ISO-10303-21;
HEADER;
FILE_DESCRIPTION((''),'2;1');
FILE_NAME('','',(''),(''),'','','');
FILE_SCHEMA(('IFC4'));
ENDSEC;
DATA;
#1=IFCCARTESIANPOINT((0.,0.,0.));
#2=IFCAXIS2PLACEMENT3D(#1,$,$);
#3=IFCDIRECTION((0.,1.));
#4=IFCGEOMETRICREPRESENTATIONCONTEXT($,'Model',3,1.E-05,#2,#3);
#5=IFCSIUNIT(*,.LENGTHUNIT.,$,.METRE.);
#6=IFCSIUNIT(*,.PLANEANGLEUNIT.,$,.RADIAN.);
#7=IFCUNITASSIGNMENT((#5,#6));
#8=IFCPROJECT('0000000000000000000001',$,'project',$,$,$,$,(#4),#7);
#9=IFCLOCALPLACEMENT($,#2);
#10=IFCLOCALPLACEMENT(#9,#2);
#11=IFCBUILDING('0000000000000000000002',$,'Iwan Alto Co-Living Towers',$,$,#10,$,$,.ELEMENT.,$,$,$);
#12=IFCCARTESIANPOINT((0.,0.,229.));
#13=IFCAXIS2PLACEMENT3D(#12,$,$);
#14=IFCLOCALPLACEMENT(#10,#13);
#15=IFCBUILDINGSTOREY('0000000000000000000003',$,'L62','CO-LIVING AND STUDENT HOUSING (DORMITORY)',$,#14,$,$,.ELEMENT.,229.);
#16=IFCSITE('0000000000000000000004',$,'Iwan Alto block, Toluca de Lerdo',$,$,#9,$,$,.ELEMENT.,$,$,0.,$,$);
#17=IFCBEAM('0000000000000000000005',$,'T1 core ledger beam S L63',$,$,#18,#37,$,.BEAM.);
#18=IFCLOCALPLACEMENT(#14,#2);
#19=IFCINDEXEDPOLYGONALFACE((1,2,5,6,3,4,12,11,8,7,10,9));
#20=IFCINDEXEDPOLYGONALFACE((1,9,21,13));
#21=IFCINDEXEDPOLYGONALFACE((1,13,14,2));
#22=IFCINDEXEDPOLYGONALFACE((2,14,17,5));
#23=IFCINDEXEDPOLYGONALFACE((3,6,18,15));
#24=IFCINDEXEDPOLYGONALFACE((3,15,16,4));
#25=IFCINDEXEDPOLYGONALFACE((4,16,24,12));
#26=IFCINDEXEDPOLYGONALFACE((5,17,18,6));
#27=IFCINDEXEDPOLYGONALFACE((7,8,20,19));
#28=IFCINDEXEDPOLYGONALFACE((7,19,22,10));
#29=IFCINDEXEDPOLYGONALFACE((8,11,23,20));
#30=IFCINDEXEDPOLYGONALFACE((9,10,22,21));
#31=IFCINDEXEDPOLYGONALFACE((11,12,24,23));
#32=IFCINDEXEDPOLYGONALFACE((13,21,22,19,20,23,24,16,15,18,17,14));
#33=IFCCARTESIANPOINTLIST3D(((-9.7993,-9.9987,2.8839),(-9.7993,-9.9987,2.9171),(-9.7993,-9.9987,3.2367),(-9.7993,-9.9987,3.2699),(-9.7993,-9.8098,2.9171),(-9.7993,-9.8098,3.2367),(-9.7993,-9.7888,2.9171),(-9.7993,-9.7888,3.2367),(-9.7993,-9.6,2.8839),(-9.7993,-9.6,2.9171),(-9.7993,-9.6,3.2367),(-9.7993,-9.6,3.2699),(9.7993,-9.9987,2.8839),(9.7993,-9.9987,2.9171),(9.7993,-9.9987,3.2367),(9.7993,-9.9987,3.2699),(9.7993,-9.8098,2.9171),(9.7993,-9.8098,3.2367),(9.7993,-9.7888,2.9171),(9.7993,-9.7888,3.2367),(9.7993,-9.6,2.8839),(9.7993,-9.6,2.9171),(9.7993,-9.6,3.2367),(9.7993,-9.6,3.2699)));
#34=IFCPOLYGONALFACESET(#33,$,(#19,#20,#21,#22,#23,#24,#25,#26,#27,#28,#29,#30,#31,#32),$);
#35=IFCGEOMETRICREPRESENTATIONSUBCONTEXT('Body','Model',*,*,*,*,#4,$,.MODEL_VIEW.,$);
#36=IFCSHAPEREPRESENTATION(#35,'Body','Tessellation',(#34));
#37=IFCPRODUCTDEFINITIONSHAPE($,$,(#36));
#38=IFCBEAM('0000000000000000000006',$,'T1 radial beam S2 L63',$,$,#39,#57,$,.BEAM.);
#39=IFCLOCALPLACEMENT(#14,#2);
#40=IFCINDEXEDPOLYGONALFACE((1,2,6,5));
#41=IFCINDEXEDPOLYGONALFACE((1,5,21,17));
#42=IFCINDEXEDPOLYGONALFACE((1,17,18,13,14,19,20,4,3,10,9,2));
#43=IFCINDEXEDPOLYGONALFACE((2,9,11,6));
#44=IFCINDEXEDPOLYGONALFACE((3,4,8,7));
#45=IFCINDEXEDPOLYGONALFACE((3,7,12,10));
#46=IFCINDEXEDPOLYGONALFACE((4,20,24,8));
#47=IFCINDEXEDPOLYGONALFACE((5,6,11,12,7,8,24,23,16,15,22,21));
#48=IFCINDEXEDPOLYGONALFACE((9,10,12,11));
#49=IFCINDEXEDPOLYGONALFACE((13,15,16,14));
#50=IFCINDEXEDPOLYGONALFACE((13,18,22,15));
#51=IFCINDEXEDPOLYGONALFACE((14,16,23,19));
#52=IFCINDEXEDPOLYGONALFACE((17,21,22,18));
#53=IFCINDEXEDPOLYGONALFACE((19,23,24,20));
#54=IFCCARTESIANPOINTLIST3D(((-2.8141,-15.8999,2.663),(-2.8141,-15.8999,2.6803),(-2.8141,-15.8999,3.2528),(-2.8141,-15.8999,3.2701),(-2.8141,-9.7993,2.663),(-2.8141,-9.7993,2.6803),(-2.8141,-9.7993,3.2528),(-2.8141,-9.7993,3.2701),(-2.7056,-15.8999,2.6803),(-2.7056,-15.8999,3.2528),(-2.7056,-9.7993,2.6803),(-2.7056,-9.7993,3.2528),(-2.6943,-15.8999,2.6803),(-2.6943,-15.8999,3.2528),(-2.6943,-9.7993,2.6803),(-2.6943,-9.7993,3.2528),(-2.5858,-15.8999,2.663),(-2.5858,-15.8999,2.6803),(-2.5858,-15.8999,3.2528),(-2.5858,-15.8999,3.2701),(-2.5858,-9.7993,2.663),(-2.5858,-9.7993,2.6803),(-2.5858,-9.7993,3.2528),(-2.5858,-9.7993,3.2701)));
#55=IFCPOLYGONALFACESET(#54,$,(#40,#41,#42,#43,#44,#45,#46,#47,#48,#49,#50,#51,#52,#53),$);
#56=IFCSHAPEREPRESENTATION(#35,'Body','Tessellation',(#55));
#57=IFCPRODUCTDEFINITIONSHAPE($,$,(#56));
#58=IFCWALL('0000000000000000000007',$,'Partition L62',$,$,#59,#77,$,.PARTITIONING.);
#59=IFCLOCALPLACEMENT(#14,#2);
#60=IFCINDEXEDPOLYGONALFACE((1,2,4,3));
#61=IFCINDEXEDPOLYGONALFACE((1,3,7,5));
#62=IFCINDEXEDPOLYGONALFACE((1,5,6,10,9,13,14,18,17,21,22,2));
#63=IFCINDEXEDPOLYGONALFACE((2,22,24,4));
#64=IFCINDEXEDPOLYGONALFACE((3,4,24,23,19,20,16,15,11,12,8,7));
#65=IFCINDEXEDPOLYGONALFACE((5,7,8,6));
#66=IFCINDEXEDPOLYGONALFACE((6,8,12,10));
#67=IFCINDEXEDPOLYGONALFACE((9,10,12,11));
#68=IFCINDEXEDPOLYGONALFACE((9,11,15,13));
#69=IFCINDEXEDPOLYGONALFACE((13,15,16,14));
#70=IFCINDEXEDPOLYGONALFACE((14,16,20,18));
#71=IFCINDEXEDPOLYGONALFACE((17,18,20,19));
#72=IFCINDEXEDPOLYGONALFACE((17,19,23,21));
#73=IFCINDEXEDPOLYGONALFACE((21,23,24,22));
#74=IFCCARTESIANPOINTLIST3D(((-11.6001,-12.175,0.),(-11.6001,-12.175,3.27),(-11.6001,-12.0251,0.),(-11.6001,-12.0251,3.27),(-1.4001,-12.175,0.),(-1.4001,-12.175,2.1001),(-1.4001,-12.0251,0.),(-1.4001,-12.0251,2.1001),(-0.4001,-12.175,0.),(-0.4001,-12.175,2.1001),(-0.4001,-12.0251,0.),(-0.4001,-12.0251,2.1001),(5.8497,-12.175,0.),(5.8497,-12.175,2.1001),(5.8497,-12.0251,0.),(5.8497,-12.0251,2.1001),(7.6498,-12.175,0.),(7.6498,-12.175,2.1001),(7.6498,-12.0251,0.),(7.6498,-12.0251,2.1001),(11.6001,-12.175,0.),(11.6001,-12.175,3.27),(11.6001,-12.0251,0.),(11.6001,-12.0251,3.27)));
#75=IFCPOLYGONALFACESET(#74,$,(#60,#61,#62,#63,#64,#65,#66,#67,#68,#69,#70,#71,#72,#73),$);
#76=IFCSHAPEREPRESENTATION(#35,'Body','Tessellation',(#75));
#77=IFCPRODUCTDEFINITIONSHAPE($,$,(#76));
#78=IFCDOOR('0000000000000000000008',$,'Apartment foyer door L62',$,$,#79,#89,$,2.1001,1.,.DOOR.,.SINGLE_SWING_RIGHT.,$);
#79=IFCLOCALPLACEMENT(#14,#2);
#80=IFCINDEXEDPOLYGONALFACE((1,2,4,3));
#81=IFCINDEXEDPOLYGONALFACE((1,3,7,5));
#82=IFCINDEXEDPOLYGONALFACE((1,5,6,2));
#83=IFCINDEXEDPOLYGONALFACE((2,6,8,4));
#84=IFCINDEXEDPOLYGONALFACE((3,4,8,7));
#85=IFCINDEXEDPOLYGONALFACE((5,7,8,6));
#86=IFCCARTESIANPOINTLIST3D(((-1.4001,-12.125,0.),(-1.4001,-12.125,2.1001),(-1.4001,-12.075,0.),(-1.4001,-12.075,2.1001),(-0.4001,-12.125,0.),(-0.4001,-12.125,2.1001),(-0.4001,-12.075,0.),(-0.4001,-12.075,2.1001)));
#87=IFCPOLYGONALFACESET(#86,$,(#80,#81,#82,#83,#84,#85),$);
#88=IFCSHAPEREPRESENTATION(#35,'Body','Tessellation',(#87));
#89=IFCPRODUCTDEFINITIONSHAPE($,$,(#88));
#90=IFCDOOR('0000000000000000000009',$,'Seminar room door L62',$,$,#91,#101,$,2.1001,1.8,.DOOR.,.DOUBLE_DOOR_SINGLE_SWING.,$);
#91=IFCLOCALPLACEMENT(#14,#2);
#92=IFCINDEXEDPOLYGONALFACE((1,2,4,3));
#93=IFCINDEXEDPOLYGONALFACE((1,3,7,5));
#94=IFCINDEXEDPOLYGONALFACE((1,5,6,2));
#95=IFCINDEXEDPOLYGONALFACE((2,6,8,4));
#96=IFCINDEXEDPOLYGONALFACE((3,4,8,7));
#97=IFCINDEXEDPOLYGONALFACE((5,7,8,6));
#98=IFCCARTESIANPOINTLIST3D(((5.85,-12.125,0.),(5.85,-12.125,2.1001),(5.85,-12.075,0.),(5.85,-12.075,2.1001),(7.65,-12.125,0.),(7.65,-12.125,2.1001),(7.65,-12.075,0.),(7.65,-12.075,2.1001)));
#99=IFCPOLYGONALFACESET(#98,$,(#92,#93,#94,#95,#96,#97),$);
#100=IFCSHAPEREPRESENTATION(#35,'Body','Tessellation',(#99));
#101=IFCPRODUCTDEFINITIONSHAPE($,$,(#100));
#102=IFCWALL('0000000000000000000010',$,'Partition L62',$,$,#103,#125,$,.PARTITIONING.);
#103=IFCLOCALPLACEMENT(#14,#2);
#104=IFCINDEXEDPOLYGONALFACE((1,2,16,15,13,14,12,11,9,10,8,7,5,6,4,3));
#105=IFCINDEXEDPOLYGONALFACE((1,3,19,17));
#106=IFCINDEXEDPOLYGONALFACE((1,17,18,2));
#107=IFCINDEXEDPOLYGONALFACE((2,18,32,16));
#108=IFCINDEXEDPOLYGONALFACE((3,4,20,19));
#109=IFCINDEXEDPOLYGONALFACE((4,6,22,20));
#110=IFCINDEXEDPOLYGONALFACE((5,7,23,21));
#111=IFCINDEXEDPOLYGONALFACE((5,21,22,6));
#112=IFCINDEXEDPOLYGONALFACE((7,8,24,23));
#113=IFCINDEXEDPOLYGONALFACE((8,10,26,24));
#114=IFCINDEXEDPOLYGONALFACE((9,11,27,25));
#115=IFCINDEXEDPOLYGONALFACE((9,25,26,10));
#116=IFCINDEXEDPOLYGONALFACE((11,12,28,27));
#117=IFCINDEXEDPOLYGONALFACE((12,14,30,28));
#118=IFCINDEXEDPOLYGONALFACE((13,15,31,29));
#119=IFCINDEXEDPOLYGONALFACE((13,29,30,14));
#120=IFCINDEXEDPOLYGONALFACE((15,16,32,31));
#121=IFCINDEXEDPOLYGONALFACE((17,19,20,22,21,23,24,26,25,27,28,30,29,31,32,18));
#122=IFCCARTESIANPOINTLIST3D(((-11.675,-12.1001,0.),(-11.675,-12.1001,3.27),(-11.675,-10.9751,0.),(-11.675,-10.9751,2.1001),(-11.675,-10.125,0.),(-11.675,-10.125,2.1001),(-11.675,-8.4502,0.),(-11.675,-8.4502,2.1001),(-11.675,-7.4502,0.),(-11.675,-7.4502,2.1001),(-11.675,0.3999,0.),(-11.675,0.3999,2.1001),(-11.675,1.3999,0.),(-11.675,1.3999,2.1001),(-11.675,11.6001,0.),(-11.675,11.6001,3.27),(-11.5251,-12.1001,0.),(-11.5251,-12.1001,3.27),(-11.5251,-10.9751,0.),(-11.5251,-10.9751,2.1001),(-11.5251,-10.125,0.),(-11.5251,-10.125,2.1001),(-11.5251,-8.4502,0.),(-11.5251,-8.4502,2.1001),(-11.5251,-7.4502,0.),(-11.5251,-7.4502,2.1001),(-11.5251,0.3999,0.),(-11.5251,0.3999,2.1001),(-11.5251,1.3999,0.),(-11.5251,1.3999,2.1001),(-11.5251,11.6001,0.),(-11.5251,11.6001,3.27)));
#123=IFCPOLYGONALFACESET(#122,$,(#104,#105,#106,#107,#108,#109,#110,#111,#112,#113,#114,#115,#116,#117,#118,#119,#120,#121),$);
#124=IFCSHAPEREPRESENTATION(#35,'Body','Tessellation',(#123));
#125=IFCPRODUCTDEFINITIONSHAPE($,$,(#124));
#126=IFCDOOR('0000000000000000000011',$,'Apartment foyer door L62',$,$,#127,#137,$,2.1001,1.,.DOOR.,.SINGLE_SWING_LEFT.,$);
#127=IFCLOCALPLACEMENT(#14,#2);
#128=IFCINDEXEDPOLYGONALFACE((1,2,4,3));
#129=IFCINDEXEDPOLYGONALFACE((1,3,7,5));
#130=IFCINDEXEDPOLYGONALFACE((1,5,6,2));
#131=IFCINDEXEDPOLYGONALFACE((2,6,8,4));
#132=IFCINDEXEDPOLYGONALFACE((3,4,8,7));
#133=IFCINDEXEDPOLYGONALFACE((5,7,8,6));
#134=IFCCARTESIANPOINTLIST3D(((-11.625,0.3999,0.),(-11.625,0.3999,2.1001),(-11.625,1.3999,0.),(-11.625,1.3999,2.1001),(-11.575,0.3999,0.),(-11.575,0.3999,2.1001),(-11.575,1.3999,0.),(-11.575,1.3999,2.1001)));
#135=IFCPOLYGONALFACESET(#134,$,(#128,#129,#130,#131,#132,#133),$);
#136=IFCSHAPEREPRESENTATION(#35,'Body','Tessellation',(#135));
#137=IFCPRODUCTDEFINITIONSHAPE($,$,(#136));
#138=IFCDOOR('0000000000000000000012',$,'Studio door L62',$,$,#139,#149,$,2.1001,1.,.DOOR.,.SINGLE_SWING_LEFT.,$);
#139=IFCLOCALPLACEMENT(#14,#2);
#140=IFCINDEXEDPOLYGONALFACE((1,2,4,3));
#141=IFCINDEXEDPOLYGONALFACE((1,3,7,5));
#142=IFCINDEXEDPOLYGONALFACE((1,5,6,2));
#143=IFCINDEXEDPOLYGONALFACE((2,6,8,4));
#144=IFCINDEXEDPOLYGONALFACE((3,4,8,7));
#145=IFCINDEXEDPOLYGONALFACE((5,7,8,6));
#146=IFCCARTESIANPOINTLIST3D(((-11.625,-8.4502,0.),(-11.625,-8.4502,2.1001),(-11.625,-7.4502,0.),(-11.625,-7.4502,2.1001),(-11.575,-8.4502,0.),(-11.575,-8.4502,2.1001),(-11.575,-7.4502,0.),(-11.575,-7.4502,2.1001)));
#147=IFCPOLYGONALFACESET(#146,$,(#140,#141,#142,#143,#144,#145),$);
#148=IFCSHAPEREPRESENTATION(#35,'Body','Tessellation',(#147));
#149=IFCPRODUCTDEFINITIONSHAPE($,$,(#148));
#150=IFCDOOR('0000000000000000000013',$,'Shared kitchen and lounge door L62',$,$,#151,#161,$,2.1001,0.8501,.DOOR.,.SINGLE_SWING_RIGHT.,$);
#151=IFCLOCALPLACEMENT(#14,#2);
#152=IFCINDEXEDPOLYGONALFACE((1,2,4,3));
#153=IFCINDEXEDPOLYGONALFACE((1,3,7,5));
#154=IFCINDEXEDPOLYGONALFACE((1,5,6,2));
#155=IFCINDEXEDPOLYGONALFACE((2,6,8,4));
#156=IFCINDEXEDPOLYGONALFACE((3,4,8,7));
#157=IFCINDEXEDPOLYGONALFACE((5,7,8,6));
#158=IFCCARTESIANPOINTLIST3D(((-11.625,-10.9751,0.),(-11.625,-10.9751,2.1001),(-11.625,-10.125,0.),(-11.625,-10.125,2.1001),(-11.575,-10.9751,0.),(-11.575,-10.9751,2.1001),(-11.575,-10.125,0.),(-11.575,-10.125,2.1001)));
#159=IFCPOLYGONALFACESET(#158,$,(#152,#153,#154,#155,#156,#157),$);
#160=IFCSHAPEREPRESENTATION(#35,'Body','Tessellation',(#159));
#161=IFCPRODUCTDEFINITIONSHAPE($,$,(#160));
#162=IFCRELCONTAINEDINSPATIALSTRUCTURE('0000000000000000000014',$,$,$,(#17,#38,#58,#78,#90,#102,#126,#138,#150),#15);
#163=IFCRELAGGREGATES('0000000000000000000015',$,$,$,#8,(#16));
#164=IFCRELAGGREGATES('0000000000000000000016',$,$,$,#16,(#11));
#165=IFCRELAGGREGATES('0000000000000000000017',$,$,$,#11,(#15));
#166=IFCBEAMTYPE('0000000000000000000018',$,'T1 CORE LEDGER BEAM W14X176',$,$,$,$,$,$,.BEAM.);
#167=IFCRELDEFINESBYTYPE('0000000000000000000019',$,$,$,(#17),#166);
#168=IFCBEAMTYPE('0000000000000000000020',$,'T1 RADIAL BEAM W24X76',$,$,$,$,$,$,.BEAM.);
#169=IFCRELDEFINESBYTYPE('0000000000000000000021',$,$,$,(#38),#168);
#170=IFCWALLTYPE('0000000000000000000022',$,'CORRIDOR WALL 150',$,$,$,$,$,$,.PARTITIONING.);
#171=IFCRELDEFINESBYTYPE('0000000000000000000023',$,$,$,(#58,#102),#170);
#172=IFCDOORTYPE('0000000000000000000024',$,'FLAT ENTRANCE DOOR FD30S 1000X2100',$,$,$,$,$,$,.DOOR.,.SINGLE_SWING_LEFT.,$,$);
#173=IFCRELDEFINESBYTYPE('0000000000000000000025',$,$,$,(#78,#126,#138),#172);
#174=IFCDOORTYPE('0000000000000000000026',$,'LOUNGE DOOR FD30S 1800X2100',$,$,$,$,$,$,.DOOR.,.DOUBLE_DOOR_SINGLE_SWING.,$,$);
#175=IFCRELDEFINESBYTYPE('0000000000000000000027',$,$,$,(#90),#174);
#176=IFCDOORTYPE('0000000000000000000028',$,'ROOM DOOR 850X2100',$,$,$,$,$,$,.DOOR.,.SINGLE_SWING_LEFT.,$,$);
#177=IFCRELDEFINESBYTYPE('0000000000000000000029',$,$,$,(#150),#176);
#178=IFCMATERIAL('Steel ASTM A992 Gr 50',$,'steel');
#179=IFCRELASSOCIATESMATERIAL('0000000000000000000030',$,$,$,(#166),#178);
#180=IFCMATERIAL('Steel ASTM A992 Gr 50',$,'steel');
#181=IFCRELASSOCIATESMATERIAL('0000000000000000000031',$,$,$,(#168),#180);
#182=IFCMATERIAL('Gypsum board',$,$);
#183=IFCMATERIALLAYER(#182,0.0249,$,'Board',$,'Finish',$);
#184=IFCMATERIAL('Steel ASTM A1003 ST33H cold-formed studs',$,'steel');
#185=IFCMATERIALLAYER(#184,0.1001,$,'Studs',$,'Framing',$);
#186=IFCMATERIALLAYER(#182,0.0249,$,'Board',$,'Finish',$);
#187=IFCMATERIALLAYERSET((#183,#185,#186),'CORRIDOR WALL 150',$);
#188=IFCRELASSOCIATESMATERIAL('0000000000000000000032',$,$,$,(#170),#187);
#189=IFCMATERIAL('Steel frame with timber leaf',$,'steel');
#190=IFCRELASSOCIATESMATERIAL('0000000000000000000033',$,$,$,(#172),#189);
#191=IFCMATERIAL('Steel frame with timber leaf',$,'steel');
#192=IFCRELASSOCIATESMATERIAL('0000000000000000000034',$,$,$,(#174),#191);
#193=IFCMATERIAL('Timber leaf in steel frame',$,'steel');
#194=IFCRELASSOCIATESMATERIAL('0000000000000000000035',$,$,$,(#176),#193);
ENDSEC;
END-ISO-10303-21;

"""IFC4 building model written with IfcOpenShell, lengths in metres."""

from ifc_helpers import new_model, si_unit, direction, frame, frame_2d, origin, origin_2d, place, context, subcontext, project, spatial, rectangle, i_section, extrude, material, layer, layer_set, material_profile, profile_set, type_object, element, fill, save


model = new_model("IFC4")

# Units and contexts
model_context = context("Model", 3, precision=1e-05, world=origin(), true_north=direction((0.0, 1.0)))
body_context = subcontext(model_context, "Body", "Model", "MODEL_VIEW")
ifc_project = project(units=[si_unit("LENGTHUNIT", "METRE"), si_unit("PLANEANGLEUNIT", "RADIAN")], contexts=[model_context])

# Site, building, storey
site_placement = place(None, origin())
site = spatial("IfcSite", under=ifc_project, at=site_placement, Name="Iwan Alto block, Toluca de Lerdo", CompositionType="ELEMENT", RefElevation=0.0)
building_placement = place(site_placement, origin())
building = spatial("IfcBuilding", under=site, at=building_placement, Name="Iwan Alto Co-Living Towers", CompositionType="ELEMENT")
storey_placement = place(building_placement, frame((0.0, 0.0, 229.0)))
storey = spatial("IfcBuildingStorey", under=building, at=storey_placement, Name="L62", Description="CO-LIVING AND STUDENT HOUSING (DORMITORY)", CompositionType="ELEMENT", Elevation=229.0)

# Beams
ifc_material_1 = material(Name="Steel ASTM A992 Gr 50", Category="steel")
ifc_material_profile_1 = material_profile(ifc_material_1, i_section(OverallWidth=0.3987, OverallDepth=0.386, WebThickness=0.021, FlangeThickness=0.0332, at=origin_2d()), Name="W14X176")
ifc_profile_set_1 = profile_set([ifc_material_profile_1], Name="Steel ASTM A992 Gr 50")
beam_type_1 = type_object("IfcBeamType", Name="T1 CORE LEDGER BEAM W14X176", PredefinedType="BEAM", material=ifc_profile_set_1)
beam_1_placement = place(storey_placement, frame((-9.7993, -9.7993, 3.0769), z_axis=(1.0, 0.0, 0.0), x_axis=(0.0, 1.0, 0.0)))
element("IfcBeam", 1, at=beam_1_placement, inside=storey, type_object=beam_type_1, Name="T1 core ledger beam S L63", PredefinedType="BEAM", context=body_context, shape_type="SweptSolid", body=[
    extrude(i_section(OverallWidth=0.3987, OverallDepth=0.386, WebThickness=0.021, FlangeThickness=0.0332, at=origin_2d()), origin(), (0.0, 0.0, 1.0), 19.5986),
])
ifc_material_2 = material(Name="Steel ASTM A992 Gr 50", Category="steel")
ifc_material_profile_2 = material_profile(ifc_material_2, i_section(OverallWidth=0.2283, OverallDepth=0.6072, WebThickness=0.0112, FlangeThickness=0.0173, at=origin_2d()), Name="W24X76")
ifc_profile_set_2 = profile_set([ifc_material_profile_2], Name="Steel ASTM A992 Gr 50")
beam_type_2 = type_object("IfcBeamType", Name="T1 RADIAL BEAM W24X76", PredefinedType="BEAM", material=ifc_profile_set_2)
beam_2_placement = place(storey_placement, frame((-2.7, -15.8999, 2.9666), z_axis=(0.0, 1.0, 0.0), x_axis=(-1.0, 0.0, 0.0)))
element("IfcBeam", 2, at=beam_2_placement, inside=storey, type_object=beam_type_2, Name="T1 radial beam S2 L63", PredefinedType="BEAM", context=body_context, shape_type="SweptSolid", body=[
    extrude(i_section(OverallWidth=0.2283, OverallDepth=0.6072, WebThickness=0.0112, FlangeThickness=0.0173, at=origin_2d()), origin(), (0.0, 0.0, 1.0), 6.1006),
])

# Walls, openings, doors
ifc_material_3 = material(Name="Gypsum board")
ifc_layer_1 = layer(ifc_material_3, 0.0249, Name="Board", Category="Finish")
ifc_material_4 = material(Name="Steel ASTM A1003 ST33H cold-formed studs", Category="steel")
ifc_layer_2 = layer(ifc_material_4, 0.1001, Name="Studs", Category="Framing")
ifc_layer_3 = layer(ifc_material_3, 0.0249, Name="Board", Category="Finish")
ifc_layer_set_1 = layer_set([ifc_layer_1, ifc_layer_2, ifc_layer_3], Name="CORRIDOR WALL 150")
wall_type_1 = type_object("IfcWallType", Name="CORRIDOR WALL 150", PredefinedType="PARTITIONING", material=ifc_layer_set_1)
wall_1_placement = place(storey_placement, frame((-11.6001, -12.1001, 0.0), z_axis=(0.0, 0.0, 1.0), x_axis=(1.0, 0.0, 0.0)))
wall_1 = element("IfcWall", 3, at=wall_1_placement, inside=storey, type_object=wall_type_1, Name="Partition L62", PredefinedType="PARTITIONING", context=body_context, shape_type="SweptSolid", body=[
    extrude(rectangle(XDim=23.2002, YDim=0.1499, at=frame_2d((11.6001, 0.0))), origin(), (0.0, 0.0, 1.0), 3.27),
])
opening_1_placement = place(wall_1_placement, frame((10.2, 0.0, 0.0)))
opening_1 = element("IfcOpeningElement", 4, at=opening_1_placement, cuts=wall_1, PredefinedType="OPENING", context=body_context, shape_type="SweptSolid", body=[
    extrude(rectangle(XDim=1.0, YDim=2.1001, at=frame_2d((0.5, 1.05))), frame((0.0, 0.085, 0.0), z_axis=(0.0, -1.0, 0.0), x_axis=(1.0, 0.0, 0.0)), (0.0, 0.0, 1.0), 0.1699),
])
opening_2_placement = place(wall_1_placement, frame((17.45, 0.0, 0.0)))
opening_2 = element("IfcOpeningElement", 5, at=opening_2_placement, cuts=wall_1, PredefinedType="OPENING", context=body_context, shape_type="SweptSolid", body=[
    extrude(rectangle(XDim=1.8, YDim=2.1001, at=frame_2d((0.8999, 1.05))), frame((0.0, 0.085, 0.0), z_axis=(0.0, -1.0, 0.0), x_axis=(1.0, 0.0, 0.0)), (0.0, 0.0, 1.0), 0.1699),
])
ifc_material_5 = material(Name="Steel frame with timber leaf", Category="steel")
door_type_1 = type_object("IfcDoorType", Name="FLAT ENTRANCE DOOR FD30S 1000X2100", OperationType="SINGLE_SWING_LEFT", PredefinedType="DOOR", material=ifc_material_5)
door_1_placement = place(opening_1_placement, frame((1.0, 0.0, 0.0), z_axis=(0.0, 0.0, 1.0), x_axis=(-1.0, 0.0, 0.0)))
door_1 = element("IfcDoor", 6, at=door_1_placement, inside=storey, type_object=door_type_1, Name="Apartment foyer door L62", OperationType="SINGLE_SWING_RIGHT", OverallHeight=2.1001, OverallWidth=1.0, PredefinedType="DOOR", context=body_context, shape_type="SweptSolid", body=[
    extrude(rectangle(XDim=1.0, YDim=2.1001, at=frame_2d((0.5, 1.05))), frame((0.0, 0.0249, 0.0), z_axis=(0.0, -1.0, 0.0), x_axis=(1.0, 0.0, 0.0)), (0.0, 0.0, 1.0), 0.05),
])
fill(opening_1, door_1)
ifc_material_6 = material(Name="Steel frame with timber leaf", Category="steel")
door_type_2 = type_object("IfcDoorType", Name="LOUNGE DOOR FD30S 1800X2100", OperationType="DOUBLE_DOOR_SINGLE_SWING", PredefinedType="DOOR", material=ifc_material_6)
door_2_placement = place(opening_2_placement, frame((1.8, 0.0, 0.0), z_axis=(0.0, 0.0, 1.0), x_axis=(-1.0, 0.0, 0.0)))
door_2 = element("IfcDoor", 7, at=door_2_placement, inside=storey, type_object=door_type_2, Name="Seminar room door L62", OperationType="DOUBLE_DOOR_SINGLE_SWING", OverallHeight=2.1001, OverallWidth=1.8, PredefinedType="DOOR", context=body_context, shape_type="SweptSolid", body=[
    extrude(rectangle(XDim=1.8, YDim=2.1001, at=frame_2d((0.8999, 1.05))), frame((0.0, 0.0249, 0.0), z_axis=(0.0, -1.0, 0.0), x_axis=(1.0, 0.0, 0.0)), (0.0, 0.0, 1.0), 0.05),
])
fill(opening_2, door_2)
wall_2_placement = place(storey_placement, frame((-11.6001, -12.1001, 0.0), z_axis=(0.0, 0.0, 1.0), x_axis=(0.0, 1.0, 0.0)))
wall_2 = element("IfcWall", 8, at=wall_2_placement, inside=storey, type_object=wall_type_1, Name="Partition L62", PredefinedType="PARTITIONING", context=body_context, shape_type="SweptSolid", body=[
    extrude(rectangle(XDim=23.7002, YDim=0.1499, at=frame_2d((11.8501, 0.0))), origin(), (0.0, 0.0, 1.0), 3.27),
])
opening_3_placement = place(wall_2_placement, frame((12.5, 0.0, 0.0)))
opening_3 = element("IfcOpeningElement", 9, at=opening_3_placement, cuts=wall_2, PredefinedType="OPENING", context=body_context, shape_type="SweptSolid", body=[
    extrude(rectangle(XDim=1.0, YDim=2.1001, at=frame_2d((0.5, 1.05))), frame((0.0, 0.085, 0.0), z_axis=(0.0, -1.0, 0.0), x_axis=(1.0, 0.0, 0.0)), (0.0, 0.0, 1.0), 0.1699),
])
opening_4_placement = place(wall_2_placement, frame((3.6499, 0.0, 0.0)))
opening_4 = element("IfcOpeningElement", 10, at=opening_4_placement, cuts=wall_2, PredefinedType="OPENING", context=body_context, shape_type="SweptSolid", body=[
    extrude(rectangle(XDim=1.0, YDim=2.1001, at=frame_2d((0.5, 1.05))), frame((0.0, 0.085, 0.0), z_axis=(0.0, -1.0, 0.0), x_axis=(1.0, 0.0, 0.0)), (0.0, 0.0, 1.0), 0.1699),
])
opening_5_placement = place(wall_2_placement, frame((1.125, 0.0, 0.0)))
opening_5 = element("IfcOpeningElement", 11, at=opening_5_placement, cuts=wall_2, PredefinedType="OPENING", context=body_context, shape_type="SweptSolid", body=[
    extrude(rectangle(XDim=0.8501, YDim=2.1001, at=frame_2d((0.425, 1.05))), frame((0.0, 0.085, 0.0), z_axis=(0.0, -1.0, 0.0), x_axis=(1.0, 0.0, 0.0)), (0.0, 0.0, 1.0), 0.1699),
])
door_3_placement = place(opening_3_placement, origin())
door_3 = element("IfcDoor", 12, at=door_3_placement, inside=storey, type_object=door_type_1, Name="Apartment foyer door L62", OperationType="SINGLE_SWING_LEFT", OverallHeight=2.1001, OverallWidth=1.0, PredefinedType="DOOR", context=body_context, shape_type="SweptSolid", body=[
    extrude(rectangle(XDim=1.0, YDim=2.1001, at=frame_2d((0.5, 1.05))), frame((0.0, 0.0249, 0.0), z_axis=(0.0, -1.0, 0.0), x_axis=(1.0, 0.0, 0.0)), (0.0, 0.0, 1.0), 0.05),
])
fill(opening_3, door_3)
door_4_placement = place(opening_4_placement, origin())
door_4 = element("IfcDoor", 13, at=door_4_placement, inside=storey, type_object=door_type_1, Name="Studio door L62", OperationType="SINGLE_SWING_LEFT", OverallHeight=2.1001, OverallWidth=1.0, PredefinedType="DOOR", context=body_context, shape_type="SweptSolid", body=[
    extrude(rectangle(XDim=1.0, YDim=2.1001, at=frame_2d((0.5, 1.05))), frame((0.0, 0.0249, 0.0), z_axis=(0.0, -1.0, 0.0), x_axis=(1.0, 0.0, 0.0)), (0.0, 0.0, 1.0), 0.05),
])
fill(opening_4, door_4)
ifc_material_7 = material(Name="Timber leaf in steel frame", Category="steel")
door_type_3 = type_object("IfcDoorType", Name="ROOM DOOR 850X2100", OperationType="SINGLE_SWING_LEFT", PredefinedType="DOOR", material=ifc_material_7)
door_5_placement = place(opening_5_placement, origin())
door_5 = element("IfcDoor", 14, at=door_5_placement, inside=storey, type_object=door_type_3, Name="Shared kitchen and lounge door L62", OperationType="SINGLE_SWING_RIGHT", OverallHeight=2.1001, OverallWidth=0.8501, PredefinedType="DOOR", context=body_context, shape_type="SweptSolid", body=[
    extrude(rectangle(XDim=0.8501, YDim=2.1001, at=frame_2d((0.425, 1.05))), frame((0.0, 0.0249, 0.0), z_axis=(0.0, -1.0, 0.0), x_axis=(1.0, 0.0, 0.0)), (0.0, 0.0, 1.0), 0.05),
])
fill(opening_5, door_5)

save(model, "model.ifc")
